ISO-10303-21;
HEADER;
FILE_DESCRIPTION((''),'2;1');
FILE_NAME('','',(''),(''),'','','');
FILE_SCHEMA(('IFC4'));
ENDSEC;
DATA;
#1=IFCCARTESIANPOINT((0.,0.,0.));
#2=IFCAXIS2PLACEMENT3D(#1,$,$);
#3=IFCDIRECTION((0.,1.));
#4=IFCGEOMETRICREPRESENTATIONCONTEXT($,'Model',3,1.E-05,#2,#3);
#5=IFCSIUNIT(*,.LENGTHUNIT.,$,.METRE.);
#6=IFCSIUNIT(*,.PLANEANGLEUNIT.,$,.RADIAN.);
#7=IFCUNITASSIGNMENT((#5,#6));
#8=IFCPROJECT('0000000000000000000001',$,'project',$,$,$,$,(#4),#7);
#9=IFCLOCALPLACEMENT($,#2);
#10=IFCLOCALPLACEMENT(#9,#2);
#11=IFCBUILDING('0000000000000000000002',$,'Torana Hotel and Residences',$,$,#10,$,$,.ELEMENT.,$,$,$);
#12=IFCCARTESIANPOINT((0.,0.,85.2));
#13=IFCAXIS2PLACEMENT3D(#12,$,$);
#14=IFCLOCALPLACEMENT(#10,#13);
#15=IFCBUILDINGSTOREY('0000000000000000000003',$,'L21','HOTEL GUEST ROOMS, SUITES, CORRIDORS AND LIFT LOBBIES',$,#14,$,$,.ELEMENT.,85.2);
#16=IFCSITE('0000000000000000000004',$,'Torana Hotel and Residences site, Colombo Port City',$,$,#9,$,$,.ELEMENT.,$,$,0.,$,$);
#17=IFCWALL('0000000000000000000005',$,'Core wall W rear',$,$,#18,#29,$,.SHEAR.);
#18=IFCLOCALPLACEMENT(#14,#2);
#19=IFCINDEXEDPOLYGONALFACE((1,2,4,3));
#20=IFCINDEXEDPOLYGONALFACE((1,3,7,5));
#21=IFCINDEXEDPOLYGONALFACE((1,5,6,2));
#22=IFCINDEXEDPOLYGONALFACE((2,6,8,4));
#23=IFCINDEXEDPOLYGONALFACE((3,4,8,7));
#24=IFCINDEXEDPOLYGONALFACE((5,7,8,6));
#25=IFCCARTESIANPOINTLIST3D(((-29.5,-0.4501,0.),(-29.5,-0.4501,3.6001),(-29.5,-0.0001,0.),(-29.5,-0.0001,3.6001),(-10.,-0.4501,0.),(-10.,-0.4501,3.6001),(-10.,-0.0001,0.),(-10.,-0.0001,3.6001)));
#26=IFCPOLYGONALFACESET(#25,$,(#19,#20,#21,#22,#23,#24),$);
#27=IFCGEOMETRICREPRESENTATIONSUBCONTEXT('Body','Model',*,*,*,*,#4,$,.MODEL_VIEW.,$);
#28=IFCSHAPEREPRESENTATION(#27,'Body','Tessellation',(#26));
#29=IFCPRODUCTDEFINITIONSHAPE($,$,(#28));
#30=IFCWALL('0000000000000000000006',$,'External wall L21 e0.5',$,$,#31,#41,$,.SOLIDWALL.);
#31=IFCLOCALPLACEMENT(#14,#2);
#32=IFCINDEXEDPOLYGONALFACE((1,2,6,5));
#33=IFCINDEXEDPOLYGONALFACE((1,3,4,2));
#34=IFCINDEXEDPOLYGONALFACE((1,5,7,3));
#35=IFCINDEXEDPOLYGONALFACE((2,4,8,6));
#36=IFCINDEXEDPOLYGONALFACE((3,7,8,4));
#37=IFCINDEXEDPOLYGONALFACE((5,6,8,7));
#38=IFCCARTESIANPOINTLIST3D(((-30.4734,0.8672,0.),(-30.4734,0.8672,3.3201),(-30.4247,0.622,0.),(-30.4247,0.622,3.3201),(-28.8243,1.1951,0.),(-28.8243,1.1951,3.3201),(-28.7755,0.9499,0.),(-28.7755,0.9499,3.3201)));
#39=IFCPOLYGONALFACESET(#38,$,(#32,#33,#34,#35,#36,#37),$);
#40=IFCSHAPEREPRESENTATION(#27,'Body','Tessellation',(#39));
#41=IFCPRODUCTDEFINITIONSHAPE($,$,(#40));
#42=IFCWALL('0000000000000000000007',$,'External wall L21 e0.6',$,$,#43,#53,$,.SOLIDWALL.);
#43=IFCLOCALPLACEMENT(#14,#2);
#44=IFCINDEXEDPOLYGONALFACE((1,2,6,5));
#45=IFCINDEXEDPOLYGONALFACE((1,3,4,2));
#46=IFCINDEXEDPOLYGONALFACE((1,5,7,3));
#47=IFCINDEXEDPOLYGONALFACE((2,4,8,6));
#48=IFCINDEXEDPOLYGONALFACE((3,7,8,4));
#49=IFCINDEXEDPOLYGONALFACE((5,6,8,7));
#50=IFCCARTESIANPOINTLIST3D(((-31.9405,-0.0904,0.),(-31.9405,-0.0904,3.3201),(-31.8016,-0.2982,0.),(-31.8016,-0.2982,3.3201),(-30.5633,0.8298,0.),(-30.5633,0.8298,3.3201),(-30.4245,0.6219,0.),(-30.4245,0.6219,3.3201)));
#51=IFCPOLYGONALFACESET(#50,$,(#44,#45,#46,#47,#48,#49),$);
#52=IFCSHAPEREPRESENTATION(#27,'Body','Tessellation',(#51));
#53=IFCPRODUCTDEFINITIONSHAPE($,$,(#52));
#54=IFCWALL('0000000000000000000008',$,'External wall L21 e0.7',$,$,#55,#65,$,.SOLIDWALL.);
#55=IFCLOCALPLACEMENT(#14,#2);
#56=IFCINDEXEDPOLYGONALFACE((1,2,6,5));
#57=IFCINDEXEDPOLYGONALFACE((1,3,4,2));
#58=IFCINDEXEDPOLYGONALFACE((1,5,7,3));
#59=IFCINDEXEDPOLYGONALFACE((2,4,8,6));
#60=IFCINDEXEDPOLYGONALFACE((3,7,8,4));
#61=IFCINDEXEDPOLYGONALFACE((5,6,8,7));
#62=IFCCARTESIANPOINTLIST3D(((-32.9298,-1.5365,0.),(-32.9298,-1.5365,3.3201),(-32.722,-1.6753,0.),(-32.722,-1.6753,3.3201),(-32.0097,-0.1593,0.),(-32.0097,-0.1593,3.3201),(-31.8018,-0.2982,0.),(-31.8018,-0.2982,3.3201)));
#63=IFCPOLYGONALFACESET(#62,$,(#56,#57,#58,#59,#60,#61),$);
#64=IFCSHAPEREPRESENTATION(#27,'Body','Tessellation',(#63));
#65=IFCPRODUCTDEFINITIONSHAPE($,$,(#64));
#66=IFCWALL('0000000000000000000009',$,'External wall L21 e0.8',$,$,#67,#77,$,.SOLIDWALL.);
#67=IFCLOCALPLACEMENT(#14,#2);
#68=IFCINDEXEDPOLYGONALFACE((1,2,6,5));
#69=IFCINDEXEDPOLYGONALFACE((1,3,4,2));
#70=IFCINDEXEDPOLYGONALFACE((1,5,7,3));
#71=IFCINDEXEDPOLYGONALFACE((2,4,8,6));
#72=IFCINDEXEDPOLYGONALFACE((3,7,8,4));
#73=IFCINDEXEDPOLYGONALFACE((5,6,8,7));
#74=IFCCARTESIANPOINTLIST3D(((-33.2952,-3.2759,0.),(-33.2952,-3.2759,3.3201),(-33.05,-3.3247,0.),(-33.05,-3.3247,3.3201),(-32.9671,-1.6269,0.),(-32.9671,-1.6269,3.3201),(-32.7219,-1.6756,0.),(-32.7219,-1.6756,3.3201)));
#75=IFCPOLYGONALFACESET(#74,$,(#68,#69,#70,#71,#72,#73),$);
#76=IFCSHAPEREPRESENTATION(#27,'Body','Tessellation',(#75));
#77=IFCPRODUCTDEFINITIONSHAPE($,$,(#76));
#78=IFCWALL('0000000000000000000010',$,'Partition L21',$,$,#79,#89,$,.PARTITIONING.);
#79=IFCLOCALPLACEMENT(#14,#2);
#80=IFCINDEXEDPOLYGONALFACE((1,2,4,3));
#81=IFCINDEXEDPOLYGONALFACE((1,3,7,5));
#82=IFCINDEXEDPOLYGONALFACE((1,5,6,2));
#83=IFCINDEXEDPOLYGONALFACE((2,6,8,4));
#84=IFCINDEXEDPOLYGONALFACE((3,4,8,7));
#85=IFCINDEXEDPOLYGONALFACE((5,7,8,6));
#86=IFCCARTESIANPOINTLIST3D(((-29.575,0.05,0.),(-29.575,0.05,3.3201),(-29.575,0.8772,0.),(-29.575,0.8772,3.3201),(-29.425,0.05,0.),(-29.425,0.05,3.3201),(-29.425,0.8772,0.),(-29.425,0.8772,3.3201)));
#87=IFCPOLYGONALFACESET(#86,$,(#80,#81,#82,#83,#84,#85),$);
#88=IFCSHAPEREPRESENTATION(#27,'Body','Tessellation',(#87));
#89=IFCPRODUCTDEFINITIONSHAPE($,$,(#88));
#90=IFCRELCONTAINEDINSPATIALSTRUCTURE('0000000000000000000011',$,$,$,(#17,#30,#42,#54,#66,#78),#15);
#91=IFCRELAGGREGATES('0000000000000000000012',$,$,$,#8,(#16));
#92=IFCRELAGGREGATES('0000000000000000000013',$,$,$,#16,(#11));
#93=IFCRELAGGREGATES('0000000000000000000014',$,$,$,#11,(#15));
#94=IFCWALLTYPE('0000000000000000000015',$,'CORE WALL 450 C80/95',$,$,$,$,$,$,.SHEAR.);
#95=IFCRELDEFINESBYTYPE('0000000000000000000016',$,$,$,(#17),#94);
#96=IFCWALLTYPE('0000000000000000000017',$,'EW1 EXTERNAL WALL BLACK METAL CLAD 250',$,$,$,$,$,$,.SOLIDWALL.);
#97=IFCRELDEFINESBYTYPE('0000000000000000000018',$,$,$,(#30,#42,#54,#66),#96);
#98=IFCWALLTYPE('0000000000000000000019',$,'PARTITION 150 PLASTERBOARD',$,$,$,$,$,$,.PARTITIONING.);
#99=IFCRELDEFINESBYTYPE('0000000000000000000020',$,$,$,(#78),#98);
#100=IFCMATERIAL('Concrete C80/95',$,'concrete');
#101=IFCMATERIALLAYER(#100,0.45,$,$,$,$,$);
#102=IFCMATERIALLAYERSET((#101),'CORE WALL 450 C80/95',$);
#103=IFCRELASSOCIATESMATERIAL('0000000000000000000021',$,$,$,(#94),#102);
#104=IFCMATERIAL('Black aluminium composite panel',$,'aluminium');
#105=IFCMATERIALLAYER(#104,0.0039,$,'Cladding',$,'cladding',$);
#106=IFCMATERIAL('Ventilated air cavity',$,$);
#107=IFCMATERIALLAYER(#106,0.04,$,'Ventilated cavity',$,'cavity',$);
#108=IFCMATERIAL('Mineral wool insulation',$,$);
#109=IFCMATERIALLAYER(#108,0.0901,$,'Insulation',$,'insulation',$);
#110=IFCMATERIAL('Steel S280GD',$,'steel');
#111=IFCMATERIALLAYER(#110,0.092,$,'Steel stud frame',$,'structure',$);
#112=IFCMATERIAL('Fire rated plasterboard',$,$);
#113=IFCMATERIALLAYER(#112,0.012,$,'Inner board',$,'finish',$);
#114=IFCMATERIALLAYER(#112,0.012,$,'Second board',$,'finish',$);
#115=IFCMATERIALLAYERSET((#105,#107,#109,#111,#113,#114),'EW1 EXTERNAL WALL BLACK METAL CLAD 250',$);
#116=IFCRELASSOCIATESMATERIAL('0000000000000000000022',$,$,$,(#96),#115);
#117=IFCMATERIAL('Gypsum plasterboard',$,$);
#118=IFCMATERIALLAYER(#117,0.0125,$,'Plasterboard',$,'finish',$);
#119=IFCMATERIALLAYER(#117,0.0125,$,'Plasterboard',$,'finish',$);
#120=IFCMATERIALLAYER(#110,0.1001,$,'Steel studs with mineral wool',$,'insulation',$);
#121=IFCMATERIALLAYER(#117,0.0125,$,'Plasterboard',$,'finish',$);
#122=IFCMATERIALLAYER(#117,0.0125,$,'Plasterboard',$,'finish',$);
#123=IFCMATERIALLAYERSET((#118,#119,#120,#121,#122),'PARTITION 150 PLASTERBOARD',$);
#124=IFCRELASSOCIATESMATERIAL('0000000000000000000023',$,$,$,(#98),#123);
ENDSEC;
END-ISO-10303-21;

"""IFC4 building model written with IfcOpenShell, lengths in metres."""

from ifc_helpers import new_model, si_unit, direction, frame, frame_2d, origin, place, context, subcontext, project, spatial, rectangle, extrude, material, layer, layer_set, type_object, element, save


model = new_model("IFC4")

# Units and contexts
model_context = context("Model", 3, precision=1e-05, world=origin(), true_north=direction((0.0, 1.0)))
body_context = subcontext(model_context, "Body", "Model", "MODEL_VIEW")
ifc_project = project(units=[si_unit("LENGTHUNIT", "METRE"), si_unit("PLANEANGLEUNIT", "RADIAN")], contexts=[model_context])

# Site, building, storey
site_placement = place(None, origin())
site = spatial("IfcSite", under=ifc_project, at=site_placement, Name="Torana Hotel and Residences site, Colombo Port City", CompositionType="ELEMENT", RefElevation=0.0)
building_placement = place(site_placement, origin())
building = spatial("IfcBuilding", under=site, at=building_placement, Name="Torana Hotel and Residences", CompositionType="ELEMENT")
storey_placement = place(building_placement, frame((0.0, 0.0, 85.2)))
storey = spatial("IfcBuildingStorey", under=building, at=storey_placement, Name="L21", Description="HOTEL GUEST ROOMS, SUITES, CORRIDORS AND LIFT LOBBIES", CompositionType="ELEMENT", Elevation=85.2)

# Walls
ifc_material_1 = material(Name="Concrete C80/95", Category="concrete")
ifc_layer_1 = layer(ifc_material_1, 0.45)
ifc_layer_set_1 = layer_set([ifc_layer_1], Name="CORE WALL 450 C80/95")
wall_type_1 = type_object("IfcWallType", Name="CORE WALL 450 C80/95", PredefinedType="SHEAR", material=ifc_layer_set_1)
wall_1_placement = place(storey_placement, frame((-29.5, -0.2251, 0.0), z_axis=(0.0, 0.0, 1.0), x_axis=(1.0, 0.0, 0.0)))
element("IfcWall", 1, at=wall_1_placement, inside=storey, type_object=wall_type_1, Name="Core wall W rear", PredefinedType="SHEAR", context=body_context, shape_type="SweptSolid", body=[
    extrude(rectangle(XDim=19.5, YDim=0.45, at=frame_2d((9.75, 0.0))), origin(), (0.0, 0.0, 1.0), 3.6001),
])
ifc_material_2 = material(Name="Black aluminium composite panel", Category="aluminium")
ifc_layer_2 = layer(ifc_material_2, 0.0039, Name="Cladding", Category="cladding")
ifc_material_3 = material(Name="Ventilated air cavity")
ifc_layer_3 = layer(ifc_material_3, 0.04, Name="Ventilated cavity", Category="cavity")
ifc_material_4 = material(Name="Mineral wool insulation")
ifc_layer_4 = layer(ifc_material_4, 0.0901, Name="Insulation", Category="insulation")
ifc_material_5 = material(Name="Steel S280GD", Category="steel")
ifc_layer_5 = layer(ifc_material_5, 0.092, Name="Steel stud frame", Category="structure")
ifc_material_6 = material(Name="Fire rated plasterboard")
ifc_layer_6 = layer(ifc_material_6, 0.012, Name="Inner board", Category="finish")
ifc_layer_7 = layer(ifc_material_6, 0.012, Name="Second board", Category="finish")
ifc_layer_set_2 = layer_set([ifc_layer_2, ifc_layer_3, ifc_layer_4, ifc_layer_5, ifc_layer_6, ifc_layer_7], Name="EW1 EXTERNAL WALL BLACK METAL CLAD 250")
wall_type_2 = type_object("IfcWallType", Name="EW1 EXTERNAL WALL BLACK METAL CLAD 250", PredefinedType="SOLIDWALL", material=ifc_layer_set_2)
wall_2_placement = place(storey_placement, frame((-28.7998, 1.0725, 0.0), z_axis=(0.0, 0.0, 1.0), x_axis=(-0.980803, -0.194999, 0.0)))
element("IfcWall", 2, at=wall_2_placement, inside=storey, type_object=wall_type_2, Name="External wall L21 e0.5", PredefinedType="SOLIDWALL", context=body_context, shape_type="SweptSolid", body=[
    extrude(rectangle(XDim=1.6814, YDim=0.25, at=frame_2d((0.8408, 0.0))), origin(), (0.0, 0.0, 1.0), 3.3201),
])
for number, where, z_axis, x_axis, name in (
    (3, (-30.4939, 0.7258, 0.0), (0.0, 0.0, 1.0), (-0.831483, -0.55555, 0.0), "External wall L21 e0.6"),
    (4, (-31.9058, -0.2288, 0.0), (0.0, 0.0, 1.0), (-0.55555, -0.831483, 0.0), "External wall L21 e0.7"),
):
    element("IfcWall", number, at=place(storey_placement, frame(where, z_axis=z_axis, x_axis=x_axis)), inside=storey, type_object=wall_type_2, Name=name, PredefinedType="SOLIDWALL", context=body_context, shape_type="SweptSolid", body=[
        extrude(rectangle(XDim=1.6562, YDim=0.25, at=frame_2d((0.8281, 0.0))), origin(), (0.0, 0.0, 1.0), 3.3201),
    ])
wall_3_placement = place(storey_placement, frame((-32.8445, -1.6511, 0.0), z_axis=(0.0, 0.0, 1.0), x_axis=(-0.195139, -0.980776, 0.0)))
element("IfcWall", 5, at=wall_3_placement, inside=storey, type_object=wall_type_2, Name="External wall L21 e0.8", PredefinedType="SOLIDWALL", context=body_context, shape_type="SweptSolid", body=[
    extrude(rectangle(XDim=1.6814, YDim=0.25, at=frame_2d((0.8408, 0.0))), origin(), (0.0, 0.0, 1.0), 3.3201),
])

# Wall
ifc_material_7 = material(Name="Gypsum plasterboard")
ifc_layer_8 = layer(ifc_material_7, 0.0125, Name="Plasterboard", Category="finish")
ifc_layer_9 = layer(ifc_material_7, 0.0125, Name="Plasterboard", Category="finish")
ifc_layer_10 = layer(ifc_material_5, 0.1001, Name="Steel studs with mineral wool", Category="insulation")
ifc_layer_11 = layer(ifc_material_7, 0.0125, Name="Plasterboard", Category="finish")
ifc_layer_12 = layer(ifc_material_7, 0.0125, Name="Plasterboard", Category="finish")
ifc_layer_set_3 = layer_set([ifc_layer_8, ifc_layer_9, ifc_layer_10, ifc_layer_11, ifc_layer_12], Name="PARTITION 150 PLASTERBOARD")
wall_type_3 = type_object("IfcWallType", Name="PARTITION 150 PLASTERBOARD", PredefinedType="PARTITIONING", material=ifc_layer_set_3)
wall_4_placement = place(storey_placement, frame((-29.5, 0.05, 0.0), z_axis=(0.0, 0.0, 1.0), x_axis=(0.0, 1.0, 0.0)))
element("IfcWall", 6, at=wall_4_placement, inside=storey, type_object=wall_type_3, Name="Partition L21", PredefinedType="PARTITIONING", context=body_context, shape_type="SweptSolid", body=[
    extrude(rectangle(XDim=0.8271, YDim=0.1499, at=frame_2d((0.4136, 0.0))), origin(), (0.0, 0.0, 1.0), 3.3201),
])

save(model, "model.ifc")
